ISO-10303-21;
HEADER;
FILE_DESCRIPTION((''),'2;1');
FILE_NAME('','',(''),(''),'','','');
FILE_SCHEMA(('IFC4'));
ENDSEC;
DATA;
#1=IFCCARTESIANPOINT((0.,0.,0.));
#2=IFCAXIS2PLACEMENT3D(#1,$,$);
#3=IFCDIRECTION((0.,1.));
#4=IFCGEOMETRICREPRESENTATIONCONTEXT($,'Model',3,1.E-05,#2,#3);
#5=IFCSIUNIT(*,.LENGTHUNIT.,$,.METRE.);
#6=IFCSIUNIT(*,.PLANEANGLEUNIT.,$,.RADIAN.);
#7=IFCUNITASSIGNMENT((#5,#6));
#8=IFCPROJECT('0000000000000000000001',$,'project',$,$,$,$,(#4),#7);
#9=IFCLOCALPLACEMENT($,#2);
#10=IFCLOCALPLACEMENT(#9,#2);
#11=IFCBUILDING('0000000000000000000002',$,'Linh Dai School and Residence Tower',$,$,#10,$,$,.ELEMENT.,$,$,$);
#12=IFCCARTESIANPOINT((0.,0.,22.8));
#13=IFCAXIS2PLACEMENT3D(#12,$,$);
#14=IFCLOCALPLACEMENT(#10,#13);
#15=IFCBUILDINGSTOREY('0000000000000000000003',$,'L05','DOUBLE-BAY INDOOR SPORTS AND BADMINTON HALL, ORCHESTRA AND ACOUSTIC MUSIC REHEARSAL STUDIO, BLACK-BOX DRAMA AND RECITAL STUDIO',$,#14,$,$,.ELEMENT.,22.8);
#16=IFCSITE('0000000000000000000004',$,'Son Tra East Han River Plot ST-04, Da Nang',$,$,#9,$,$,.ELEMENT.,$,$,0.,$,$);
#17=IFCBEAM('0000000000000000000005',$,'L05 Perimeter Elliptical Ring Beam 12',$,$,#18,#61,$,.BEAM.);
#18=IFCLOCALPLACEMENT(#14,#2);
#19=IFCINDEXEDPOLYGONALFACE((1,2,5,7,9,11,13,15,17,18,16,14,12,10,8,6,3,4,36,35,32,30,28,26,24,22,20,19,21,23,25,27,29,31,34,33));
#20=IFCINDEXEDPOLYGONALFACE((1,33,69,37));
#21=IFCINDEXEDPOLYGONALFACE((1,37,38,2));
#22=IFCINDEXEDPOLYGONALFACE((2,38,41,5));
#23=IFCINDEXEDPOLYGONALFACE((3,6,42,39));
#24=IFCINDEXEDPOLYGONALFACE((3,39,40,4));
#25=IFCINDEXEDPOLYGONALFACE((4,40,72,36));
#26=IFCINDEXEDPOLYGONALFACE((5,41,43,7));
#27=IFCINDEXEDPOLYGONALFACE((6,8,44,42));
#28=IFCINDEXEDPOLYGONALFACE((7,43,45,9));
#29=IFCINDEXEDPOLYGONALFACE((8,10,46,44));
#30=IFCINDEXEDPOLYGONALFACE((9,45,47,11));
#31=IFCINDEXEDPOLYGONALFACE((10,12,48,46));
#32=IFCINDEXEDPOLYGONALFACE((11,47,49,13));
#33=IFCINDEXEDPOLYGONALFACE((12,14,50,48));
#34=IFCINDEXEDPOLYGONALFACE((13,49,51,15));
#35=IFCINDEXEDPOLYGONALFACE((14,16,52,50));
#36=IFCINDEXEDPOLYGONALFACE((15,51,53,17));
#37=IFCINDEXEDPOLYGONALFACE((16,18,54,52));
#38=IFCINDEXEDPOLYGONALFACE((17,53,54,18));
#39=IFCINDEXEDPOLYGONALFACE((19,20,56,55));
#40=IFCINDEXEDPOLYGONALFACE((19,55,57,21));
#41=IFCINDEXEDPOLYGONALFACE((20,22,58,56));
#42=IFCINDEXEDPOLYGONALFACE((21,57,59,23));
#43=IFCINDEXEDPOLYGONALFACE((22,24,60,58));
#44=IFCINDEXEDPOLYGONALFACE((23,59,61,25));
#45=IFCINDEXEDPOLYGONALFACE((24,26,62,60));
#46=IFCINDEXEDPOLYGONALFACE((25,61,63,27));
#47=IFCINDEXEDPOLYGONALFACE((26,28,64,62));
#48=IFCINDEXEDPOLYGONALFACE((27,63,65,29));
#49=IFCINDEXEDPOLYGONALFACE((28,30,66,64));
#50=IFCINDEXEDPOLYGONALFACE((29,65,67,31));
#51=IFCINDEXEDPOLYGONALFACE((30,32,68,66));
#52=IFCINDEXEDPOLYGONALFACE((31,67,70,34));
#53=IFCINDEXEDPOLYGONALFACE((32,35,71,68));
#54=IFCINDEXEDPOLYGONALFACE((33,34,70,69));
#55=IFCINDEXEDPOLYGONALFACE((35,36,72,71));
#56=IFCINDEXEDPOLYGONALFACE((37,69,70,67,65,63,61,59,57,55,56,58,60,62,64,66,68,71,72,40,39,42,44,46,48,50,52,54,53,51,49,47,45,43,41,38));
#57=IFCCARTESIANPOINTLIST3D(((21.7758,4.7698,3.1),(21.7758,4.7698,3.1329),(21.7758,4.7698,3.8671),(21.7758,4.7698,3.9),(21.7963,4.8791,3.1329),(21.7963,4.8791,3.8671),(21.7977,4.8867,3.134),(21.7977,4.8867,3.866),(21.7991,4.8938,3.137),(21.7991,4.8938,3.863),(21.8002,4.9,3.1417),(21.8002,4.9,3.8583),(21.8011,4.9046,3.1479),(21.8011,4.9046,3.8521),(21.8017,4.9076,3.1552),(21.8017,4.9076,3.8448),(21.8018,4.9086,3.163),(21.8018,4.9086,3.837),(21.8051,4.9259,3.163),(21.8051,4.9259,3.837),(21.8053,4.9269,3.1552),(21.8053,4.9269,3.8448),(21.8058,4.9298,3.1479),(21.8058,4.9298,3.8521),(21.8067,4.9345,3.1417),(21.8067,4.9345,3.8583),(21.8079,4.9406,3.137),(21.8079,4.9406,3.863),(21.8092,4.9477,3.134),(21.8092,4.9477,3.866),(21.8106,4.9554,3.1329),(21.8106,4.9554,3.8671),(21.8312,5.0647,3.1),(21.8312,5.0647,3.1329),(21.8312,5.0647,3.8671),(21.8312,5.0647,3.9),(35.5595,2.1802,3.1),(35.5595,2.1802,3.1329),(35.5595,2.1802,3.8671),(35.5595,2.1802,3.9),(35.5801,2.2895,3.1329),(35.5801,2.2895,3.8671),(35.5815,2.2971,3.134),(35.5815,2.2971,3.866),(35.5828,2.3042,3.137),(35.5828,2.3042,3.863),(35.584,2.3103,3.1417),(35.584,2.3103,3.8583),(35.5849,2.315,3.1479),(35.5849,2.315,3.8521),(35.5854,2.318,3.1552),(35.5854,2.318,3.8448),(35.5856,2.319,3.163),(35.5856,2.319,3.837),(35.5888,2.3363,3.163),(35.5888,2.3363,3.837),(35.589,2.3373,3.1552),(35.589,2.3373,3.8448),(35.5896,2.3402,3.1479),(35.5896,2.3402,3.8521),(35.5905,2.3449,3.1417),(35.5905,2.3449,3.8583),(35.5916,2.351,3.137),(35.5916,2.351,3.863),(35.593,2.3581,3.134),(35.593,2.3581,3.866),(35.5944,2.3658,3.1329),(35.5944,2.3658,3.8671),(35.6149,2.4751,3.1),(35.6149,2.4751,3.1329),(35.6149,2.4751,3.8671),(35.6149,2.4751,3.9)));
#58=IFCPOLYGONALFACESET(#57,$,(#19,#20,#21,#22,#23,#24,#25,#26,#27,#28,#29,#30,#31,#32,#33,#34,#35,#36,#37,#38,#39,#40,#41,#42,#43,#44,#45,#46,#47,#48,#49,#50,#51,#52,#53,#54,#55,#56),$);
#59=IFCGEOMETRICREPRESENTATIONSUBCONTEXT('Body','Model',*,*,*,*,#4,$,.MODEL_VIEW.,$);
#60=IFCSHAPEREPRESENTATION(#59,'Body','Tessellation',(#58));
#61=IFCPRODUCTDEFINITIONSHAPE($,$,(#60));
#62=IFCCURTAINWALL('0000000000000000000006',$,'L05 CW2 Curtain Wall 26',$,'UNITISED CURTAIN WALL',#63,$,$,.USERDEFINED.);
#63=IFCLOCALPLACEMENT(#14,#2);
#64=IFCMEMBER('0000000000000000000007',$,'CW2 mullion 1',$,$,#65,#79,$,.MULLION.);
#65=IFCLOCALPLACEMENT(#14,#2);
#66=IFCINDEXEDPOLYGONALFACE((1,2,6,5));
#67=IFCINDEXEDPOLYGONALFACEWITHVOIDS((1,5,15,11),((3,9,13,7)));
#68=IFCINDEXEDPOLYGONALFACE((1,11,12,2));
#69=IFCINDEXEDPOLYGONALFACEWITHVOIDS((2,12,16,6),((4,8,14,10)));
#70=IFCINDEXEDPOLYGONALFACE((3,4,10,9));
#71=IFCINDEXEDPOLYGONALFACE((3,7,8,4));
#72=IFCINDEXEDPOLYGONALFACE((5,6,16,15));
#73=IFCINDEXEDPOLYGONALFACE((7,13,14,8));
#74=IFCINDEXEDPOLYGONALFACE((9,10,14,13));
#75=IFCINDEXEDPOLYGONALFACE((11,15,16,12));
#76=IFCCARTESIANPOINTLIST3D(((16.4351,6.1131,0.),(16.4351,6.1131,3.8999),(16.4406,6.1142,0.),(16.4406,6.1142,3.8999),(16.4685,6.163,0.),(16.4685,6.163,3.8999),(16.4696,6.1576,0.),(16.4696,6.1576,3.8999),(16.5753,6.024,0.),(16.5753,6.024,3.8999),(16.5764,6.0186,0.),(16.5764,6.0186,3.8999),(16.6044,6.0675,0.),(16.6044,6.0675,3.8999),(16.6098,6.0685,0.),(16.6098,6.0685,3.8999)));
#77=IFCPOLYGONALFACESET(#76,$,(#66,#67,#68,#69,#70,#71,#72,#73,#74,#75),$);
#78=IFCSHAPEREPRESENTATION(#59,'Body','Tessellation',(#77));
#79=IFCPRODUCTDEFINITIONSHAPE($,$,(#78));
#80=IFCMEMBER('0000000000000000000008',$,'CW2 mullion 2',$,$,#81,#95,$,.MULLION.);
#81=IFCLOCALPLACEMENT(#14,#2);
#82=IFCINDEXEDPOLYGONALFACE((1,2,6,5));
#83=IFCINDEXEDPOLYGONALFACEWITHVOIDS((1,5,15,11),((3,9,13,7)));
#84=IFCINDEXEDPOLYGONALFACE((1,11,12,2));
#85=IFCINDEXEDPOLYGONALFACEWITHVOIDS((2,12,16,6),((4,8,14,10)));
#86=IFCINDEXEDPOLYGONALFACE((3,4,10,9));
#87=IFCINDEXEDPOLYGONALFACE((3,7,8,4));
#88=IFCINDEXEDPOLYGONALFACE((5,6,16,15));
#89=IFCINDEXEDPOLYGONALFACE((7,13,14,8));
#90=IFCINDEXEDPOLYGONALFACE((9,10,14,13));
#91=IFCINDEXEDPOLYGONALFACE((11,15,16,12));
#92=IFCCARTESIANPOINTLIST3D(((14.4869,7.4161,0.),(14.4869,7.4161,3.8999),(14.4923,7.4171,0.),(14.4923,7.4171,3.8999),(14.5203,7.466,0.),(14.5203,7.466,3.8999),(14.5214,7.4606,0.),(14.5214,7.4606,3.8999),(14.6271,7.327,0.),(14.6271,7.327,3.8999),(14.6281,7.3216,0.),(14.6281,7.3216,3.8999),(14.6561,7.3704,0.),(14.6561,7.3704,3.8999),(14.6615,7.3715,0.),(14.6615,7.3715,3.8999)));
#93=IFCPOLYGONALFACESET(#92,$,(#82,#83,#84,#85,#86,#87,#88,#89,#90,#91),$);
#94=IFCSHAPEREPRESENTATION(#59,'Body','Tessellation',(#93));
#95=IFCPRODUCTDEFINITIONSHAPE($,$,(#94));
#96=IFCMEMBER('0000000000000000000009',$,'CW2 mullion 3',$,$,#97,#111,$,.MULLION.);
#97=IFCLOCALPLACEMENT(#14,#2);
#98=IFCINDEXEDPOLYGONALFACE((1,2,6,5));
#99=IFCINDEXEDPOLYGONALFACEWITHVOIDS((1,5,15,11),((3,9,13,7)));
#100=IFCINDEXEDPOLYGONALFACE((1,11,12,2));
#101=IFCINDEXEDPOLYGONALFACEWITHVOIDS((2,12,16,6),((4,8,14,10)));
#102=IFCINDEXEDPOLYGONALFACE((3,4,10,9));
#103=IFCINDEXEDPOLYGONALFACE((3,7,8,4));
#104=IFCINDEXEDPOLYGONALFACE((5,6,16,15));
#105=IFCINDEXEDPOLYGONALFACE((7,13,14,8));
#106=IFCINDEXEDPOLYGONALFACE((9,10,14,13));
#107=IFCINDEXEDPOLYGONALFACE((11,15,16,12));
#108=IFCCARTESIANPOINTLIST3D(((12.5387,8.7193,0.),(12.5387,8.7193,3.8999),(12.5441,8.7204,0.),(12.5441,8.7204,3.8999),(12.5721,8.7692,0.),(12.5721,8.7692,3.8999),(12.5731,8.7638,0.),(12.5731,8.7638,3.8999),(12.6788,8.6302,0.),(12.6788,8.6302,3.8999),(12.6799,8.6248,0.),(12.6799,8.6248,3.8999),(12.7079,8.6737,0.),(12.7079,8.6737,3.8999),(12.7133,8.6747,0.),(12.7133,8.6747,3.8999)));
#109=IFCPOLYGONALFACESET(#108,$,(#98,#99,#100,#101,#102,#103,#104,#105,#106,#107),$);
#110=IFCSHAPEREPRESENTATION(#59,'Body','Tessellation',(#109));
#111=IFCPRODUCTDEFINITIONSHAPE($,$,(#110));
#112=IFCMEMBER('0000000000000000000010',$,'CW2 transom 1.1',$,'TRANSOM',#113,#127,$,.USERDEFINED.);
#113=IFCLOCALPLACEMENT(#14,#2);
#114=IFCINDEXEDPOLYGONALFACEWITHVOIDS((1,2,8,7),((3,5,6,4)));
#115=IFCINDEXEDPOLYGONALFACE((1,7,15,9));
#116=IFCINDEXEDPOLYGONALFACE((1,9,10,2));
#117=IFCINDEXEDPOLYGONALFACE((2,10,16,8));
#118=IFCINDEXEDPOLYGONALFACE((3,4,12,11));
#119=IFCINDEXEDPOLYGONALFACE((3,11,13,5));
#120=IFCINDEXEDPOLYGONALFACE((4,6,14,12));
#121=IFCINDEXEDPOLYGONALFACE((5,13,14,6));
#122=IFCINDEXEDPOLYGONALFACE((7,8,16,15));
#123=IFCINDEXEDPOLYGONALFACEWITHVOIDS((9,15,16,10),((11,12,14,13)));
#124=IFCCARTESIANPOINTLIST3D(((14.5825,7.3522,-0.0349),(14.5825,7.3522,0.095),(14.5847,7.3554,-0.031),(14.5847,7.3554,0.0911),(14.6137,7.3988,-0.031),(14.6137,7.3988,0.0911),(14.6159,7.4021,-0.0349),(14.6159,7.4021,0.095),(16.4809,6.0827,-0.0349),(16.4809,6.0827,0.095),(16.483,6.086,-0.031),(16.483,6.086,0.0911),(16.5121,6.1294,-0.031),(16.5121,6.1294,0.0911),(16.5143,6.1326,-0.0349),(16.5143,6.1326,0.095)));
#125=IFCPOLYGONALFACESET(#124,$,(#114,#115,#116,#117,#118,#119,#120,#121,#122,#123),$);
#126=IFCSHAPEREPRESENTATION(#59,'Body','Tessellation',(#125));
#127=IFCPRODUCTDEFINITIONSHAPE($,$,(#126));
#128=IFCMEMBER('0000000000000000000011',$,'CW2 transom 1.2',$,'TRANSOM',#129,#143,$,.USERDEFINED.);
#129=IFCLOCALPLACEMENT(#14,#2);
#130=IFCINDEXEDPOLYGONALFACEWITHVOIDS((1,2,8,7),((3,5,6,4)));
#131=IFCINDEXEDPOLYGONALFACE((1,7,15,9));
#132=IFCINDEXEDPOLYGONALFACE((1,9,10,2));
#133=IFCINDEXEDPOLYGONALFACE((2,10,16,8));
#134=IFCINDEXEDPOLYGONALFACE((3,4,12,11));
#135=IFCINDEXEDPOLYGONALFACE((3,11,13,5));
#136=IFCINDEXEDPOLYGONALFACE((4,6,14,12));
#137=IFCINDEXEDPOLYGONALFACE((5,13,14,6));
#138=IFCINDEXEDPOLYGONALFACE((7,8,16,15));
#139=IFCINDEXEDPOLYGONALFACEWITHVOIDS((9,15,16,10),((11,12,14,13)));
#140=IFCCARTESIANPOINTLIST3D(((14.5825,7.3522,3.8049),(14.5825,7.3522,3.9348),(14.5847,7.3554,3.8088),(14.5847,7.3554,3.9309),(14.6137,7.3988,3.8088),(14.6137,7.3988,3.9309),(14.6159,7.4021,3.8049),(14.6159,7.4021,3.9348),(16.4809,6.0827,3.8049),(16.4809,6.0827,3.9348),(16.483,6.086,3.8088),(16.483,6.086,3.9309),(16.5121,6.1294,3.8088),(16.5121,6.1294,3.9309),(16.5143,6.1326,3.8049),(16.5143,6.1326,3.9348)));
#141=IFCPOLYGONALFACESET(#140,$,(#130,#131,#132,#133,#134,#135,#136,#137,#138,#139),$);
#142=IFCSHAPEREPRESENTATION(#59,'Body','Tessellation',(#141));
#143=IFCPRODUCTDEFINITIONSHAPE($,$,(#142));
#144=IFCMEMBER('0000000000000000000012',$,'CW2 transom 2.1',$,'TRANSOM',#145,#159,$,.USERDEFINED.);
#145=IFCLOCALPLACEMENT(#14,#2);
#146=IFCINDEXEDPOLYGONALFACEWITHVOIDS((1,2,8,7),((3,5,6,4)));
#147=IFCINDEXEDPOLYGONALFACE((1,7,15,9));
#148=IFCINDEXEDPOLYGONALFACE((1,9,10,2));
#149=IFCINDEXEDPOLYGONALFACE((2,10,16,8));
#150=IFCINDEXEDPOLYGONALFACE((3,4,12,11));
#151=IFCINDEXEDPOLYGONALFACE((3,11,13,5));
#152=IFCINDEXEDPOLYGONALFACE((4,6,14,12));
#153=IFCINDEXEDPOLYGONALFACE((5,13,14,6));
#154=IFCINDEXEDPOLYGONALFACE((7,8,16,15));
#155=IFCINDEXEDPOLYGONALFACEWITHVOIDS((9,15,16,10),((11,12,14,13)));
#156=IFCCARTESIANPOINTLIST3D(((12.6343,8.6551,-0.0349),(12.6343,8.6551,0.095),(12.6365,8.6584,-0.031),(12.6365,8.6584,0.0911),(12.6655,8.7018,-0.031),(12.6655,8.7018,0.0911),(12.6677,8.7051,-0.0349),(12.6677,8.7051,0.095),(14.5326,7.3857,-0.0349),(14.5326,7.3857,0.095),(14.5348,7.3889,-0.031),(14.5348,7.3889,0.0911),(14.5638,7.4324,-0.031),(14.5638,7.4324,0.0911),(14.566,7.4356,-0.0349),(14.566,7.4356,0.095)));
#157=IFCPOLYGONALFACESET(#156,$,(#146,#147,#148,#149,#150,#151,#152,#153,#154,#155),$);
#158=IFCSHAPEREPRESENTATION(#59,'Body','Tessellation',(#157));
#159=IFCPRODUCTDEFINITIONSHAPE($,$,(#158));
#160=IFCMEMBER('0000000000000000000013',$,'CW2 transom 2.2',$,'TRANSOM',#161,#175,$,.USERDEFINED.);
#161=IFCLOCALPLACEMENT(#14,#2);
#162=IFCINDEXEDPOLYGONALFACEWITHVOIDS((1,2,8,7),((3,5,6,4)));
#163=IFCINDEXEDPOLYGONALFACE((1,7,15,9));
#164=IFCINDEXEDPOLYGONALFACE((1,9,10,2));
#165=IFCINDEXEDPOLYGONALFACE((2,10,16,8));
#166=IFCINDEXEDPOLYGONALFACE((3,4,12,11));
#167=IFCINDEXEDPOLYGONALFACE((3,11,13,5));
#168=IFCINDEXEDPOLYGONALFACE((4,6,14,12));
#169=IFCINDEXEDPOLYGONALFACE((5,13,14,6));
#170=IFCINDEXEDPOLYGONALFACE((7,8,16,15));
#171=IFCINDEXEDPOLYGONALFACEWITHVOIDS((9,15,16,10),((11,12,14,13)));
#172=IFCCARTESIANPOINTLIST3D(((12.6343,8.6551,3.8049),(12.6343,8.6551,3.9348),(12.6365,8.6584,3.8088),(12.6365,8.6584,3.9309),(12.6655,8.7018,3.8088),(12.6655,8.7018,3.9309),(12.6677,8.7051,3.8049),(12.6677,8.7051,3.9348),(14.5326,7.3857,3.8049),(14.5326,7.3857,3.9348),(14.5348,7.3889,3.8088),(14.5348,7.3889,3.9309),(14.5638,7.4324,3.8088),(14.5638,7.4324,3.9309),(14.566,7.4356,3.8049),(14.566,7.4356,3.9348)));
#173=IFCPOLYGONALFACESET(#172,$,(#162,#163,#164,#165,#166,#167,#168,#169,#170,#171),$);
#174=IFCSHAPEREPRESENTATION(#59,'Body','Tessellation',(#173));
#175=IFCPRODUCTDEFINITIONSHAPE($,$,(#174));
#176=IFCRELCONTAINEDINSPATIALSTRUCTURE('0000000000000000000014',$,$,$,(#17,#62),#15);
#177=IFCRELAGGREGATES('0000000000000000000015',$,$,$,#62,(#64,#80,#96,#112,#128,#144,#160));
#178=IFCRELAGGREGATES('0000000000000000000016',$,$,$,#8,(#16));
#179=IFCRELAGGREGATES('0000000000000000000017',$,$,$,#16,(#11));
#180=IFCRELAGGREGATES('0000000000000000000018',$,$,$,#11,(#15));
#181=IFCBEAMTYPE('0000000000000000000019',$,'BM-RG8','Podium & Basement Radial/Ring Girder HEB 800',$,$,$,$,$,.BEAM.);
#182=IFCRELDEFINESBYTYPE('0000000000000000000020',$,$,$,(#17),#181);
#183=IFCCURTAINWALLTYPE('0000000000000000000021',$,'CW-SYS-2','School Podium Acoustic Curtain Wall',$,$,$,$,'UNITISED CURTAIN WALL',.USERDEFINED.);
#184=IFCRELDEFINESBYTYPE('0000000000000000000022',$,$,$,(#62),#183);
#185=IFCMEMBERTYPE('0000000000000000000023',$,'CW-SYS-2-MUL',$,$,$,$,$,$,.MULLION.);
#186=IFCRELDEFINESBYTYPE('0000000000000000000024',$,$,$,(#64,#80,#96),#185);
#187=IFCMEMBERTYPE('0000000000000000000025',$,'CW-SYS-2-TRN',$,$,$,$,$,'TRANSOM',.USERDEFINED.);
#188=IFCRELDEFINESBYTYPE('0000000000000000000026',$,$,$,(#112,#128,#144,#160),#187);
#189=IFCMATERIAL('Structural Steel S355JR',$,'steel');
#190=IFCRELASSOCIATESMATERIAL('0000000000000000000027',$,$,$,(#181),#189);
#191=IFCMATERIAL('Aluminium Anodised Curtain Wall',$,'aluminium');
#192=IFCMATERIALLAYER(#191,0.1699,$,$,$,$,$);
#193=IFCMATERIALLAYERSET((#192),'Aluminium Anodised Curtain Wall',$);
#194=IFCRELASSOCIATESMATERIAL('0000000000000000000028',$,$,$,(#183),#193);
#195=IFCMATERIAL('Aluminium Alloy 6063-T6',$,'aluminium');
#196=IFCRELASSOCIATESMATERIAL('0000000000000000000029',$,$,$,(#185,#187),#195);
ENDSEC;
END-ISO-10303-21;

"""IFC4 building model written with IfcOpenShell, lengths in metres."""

from ifc_helpers import new_model, si_unit, direction, frame, origin, origin_2d, place, context, subcontext, project, spatial, hollow_rectangle, i_section, extrude, source, transform, mapped, material, layer, layer_set, material_profile, profile_set, type_object, element, aggregate, save


model = new_model("IFC4")

# Units and contexts
model_context = context("Model", 3, precision=1e-05, world=origin(), true_north=direction((0.0, 1.0)))
body_context = subcontext(model_context, "Body", "Model", "MODEL_VIEW")
ifc_project = project(units=[si_unit("LENGTHUNIT", "METRE"), si_unit("PLANEANGLEUNIT", "RADIAN")], contexts=[model_context])

# Site, building, storey
site_placement = place(None, origin())
site = spatial("IfcSite", under=ifc_project, at=site_placement, Name="Son Tra East Han River Plot ST-04, Da Nang", CompositionType="ELEMENT", RefElevation=0.0)
building_placement = place(site_placement, origin())
building = spatial("IfcBuilding", under=site, at=building_placement, Name="Linh Dai School and Residence Tower", CompositionType="ELEMENT")
storey_placement = place(building_placement, frame((0.0, 0.0, 22.8)))
storey = spatial("IfcBuildingStorey", under=building, at=storey_placement, Name="L05", Description="DOUBLE-BAY INDOOR SPORTS AND BADMINTON HALL, ORCHESTRA AND ACOUSTIC MUSIC REHEARSAL STUDIO, BLACK-BOX DRAMA AND RECITAL STUDIO", CompositionType="ELEMENT", Elevation=22.8)

# Shared definitions
ifc_material_1 = material(Name="Structural Steel S355JR", Category="steel")

# Beam
ifc_material_profile_1 = material_profile(ifc_material_1, i_section(OverallWidth=0.3, OverallDepth=0.8, WebThickness=0.0176, FlangeThickness=0.033, FilletRadius=0.03, at=origin_2d()), Name="HEB 800")
ifc_profile_set_1 = profile_set([ifc_material_profile_1], Name="Structural Steel S355JR")
beam_type = type_object("IfcBeamType", Name="BM-RG8", Description="Podium & Basement Radial/Ring Girder HEB 800", PredefinedType="BEAM", material=ifc_profile_set_1)
beam_1_placement = place(storey_placement, frame((21.8035, 4.9172, 3.5), z_axis=(0.982806, -0.184644, 0.0), x_axis=(0.184644, 0.982806, 0.0)))
element("IfcBeam", 1, at=beam_1_placement, inside=storey, type_object=beam_type, Name="L05 Perimeter Elliptical Ring Beam 12", PredefinedType="BEAM", context=body_context, shape_type="SweptSolid", body=[
    extrude(i_section(OverallWidth=0.3, OverallDepth=0.8, WebThickness=0.0176, FlangeThickness=0.033, FilletRadius=0.03, at=origin_2d()), origin(), (0.0, 0.0, 1.0), 14.0249),
])

# Curtain wall, members
ifc_material_2 = material(Name="Aluminium Anodised Curtain Wall", Category="aluminium")
ifc_layer_1 = layer(ifc_material_2, 0.1699)
ifc_layer_set_1 = layer_set([ifc_layer_1], Name="Aluminium Anodised Curtain Wall")
curtain_wall_type = type_object("IfcCurtainWallType", Name="CW-SYS-2", Description="School Podium Acoustic Curtain Wall", ElementType="UNITISED CURTAIN WALL", PredefinedType="USERDEFINED", material=ifc_layer_set_1)
curtain_wall_placement = place(storey_placement, origin())
curtain_wall = element("IfcCurtainWall", 2, at=curtain_wall_placement, inside=storey, type_object=curtain_wall_type, Name="L05 CW2 Curtain Wall 26", ObjectType="UNITISED CURTAIN WALL", PredefinedType="USERDEFINED")
ifc_material_3 = material(Name="Aluminium Alloy 6063-T6", Category="aluminium")
ifc_material_profile_2 = material_profile(ifc_material_3, hollow_rectangle(XDim=0.0601, YDim=0.1699, WallThickness=0.0039, at=origin_2d()), Name="RHS 170x60x4")
ifc_profile_set_2 = profile_set([ifc_material_profile_2], Name="Aluminium Alloy 6063-T6")
member_type_1 = type_object("IfcMemberType", Name="CW-SYS-2-MUL", PredefinedType="MULLION", material=ifc_profile_set_2)
shared_shape_1 = source(origin(), body_context, "Body", "SweptSolid", [
    extrude(hollow_rectangle(XDim=0.0601, YDim=0.1699, WallThickness=0.0039, at=origin_2d()), origin(), (0.0, 0.0, 1.0), 3.8999),
])
member_1_placement = place(storey_placement, frame((16.5225, 6.0908, 0.0), z_axis=(0.0, 0.0, 1.0), x_axis=(-0.555957, -0.831211, 0.0)))
member_1 = element("IfcMember", 3, at=member_1_placement, type_object=member_type_1, Name="CW2 mullion 1", PredefinedType="MULLION", context=body_context, shape_type="MappedRepresentation", body=[
    mapped(shared_shape_1, transform((0.0, 0.0, 0.0), x_axis=(1.0, 0.0, 0.0), y_axis=(0.0, 1.0, 0.0), z_axis=(0.0, 0.0, 1.0), scale=1.0)),
])
member_2_placement = place(storey_placement, frame((14.5742, 7.3938, 0.0), z_axis=(0.0, 0.0, 1.0), x_axis=(-0.555957, -0.831211, 0.0)))
member_2 = element("IfcMember", 4, at=member_2_placement, type_object=member_type_1, Name="CW2 mullion 2", PredefinedType="MULLION", context=body_context, shape_type="MappedRepresentation", body=[
    mapped(shared_shape_1, transform((0.0, 0.0, 0.0), x_axis=(1.0, 0.0, 0.0), y_axis=(0.0, 1.0, 0.0), z_axis=(0.0, 0.0, 1.0), scale=1.0)),
])
member_3_placement = place(storey_placement, frame((12.626, 8.697, 0.0), z_axis=(0.0, 0.0, 1.0), x_axis=(-0.555957, -0.831211, 0.0)))
member_3 = element("IfcMember", 5, at=member_3_placement, type_object=member_type_1, Name="CW2 mullion 3", PredefinedType="MULLION", context=body_context, shape_type="MappedRepresentation", body=[
    mapped(shared_shape_1, transform((0.0, 0.0, 0.0), x_axis=(1.0, 0.0, 0.0), y_axis=(0.0, 1.0, 0.0), z_axis=(0.0, 0.0, 1.0), scale=1.0)),
])
ifc_material_profile_3 = material_profile(ifc_material_3, hollow_rectangle(XDim=0.0601, YDim=0.1299, WallThickness=0.0039, at=origin_2d()), Name="RHS 130x60x4")
ifc_profile_set_3 = profile_set([ifc_material_profile_3], Name="Aluminium Alloy 6063-T6")
member_type_2 = type_object("IfcMemberType", Name="CW-SYS-2-TRN", ElementType="TRANSOM", PredefinedType="USERDEFINED", material=ifc_profile_set_3)
shared_shape_2 = source(origin(), body_context, "Body", "SweptSolid", [
    extrude(hollow_rectangle(XDim=0.0601, YDim=0.1299, WallThickness=0.0039, at=origin_2d()), origin(), (0.0, 0.0, 1.0), 2.2837),
])
member_4_placement = place(storey_placement, frame((16.4976, 6.1077, 0.03), z_axis=(-0.83126, 0.555884, 0.0), x_axis=(-0.555884, -0.83126, 0.0)))
member_4 = element("IfcMember", 6, at=member_4_placement, type_object=member_type_2, Name="CW2 transom 1.1", ObjectType="TRANSOM", PredefinedType="USERDEFINED", context=body_context, shape_type="MappedRepresentation", body=[
    mapped(shared_shape_2, transform((0.0, 0.0, 0.0), x_axis=(1.0, 0.0, 0.0), y_axis=(0.0, 1.0, 0.0), z_axis=(0.0, 0.0, 1.0), scale=1.0)),
])
member_5_placement = place(storey_placement, frame((16.4976, 6.1077, 3.8699), z_axis=(-0.83126, 0.555884, 0.0), x_axis=(-0.555884, -0.83126, 0.0)))
member_5 = element("IfcMember", 7, at=member_5_placement, type_object=member_type_2, Name="CW2 transom 1.2", ObjectType="TRANSOM", PredefinedType="USERDEFINED", context=body_context, shape_type="MappedRepresentation", body=[
    mapped(shared_shape_2, transform((0.0, 0.0, 0.0), x_axis=(1.0, 0.0, 0.0), y_axis=(0.0, 1.0, 0.0), z_axis=(0.0, 0.0, 1.0), scale=1.0)),
])
member_6_placement = place(storey_placement, frame((14.5493, 7.4106, 0.03), z_axis=(-0.83126, 0.555884, 0.0), x_axis=(-0.555884, -0.83126, 0.0)))
member_6 = element("IfcMember", 8, at=member_6_placement, type_object=member_type_2, Name="CW2 transom 2.1", ObjectType="TRANSOM", PredefinedType="USERDEFINED", context=body_context, shape_type="MappedRepresentation", body=[
    mapped(shared_shape_2, transform((0.0, 0.0, 0.0), x_axis=(1.0, 0.0, 0.0), y_axis=(0.0, 1.0, 0.0), z_axis=(0.0, 0.0, 1.0), scale=1.0)),
])
member_7_placement = place(storey_placement, frame((14.5493, 7.4106, 3.8699), z_axis=(-0.83126, 0.555884, 0.0), x_axis=(-0.555884, -0.83126, 0.0)))
member_7 = element("IfcMember", 9, at=member_7_placement, type_object=member_type_2, Name="CW2 transom 2.2", ObjectType="TRANSOM", PredefinedType="USERDEFINED", context=body_context, shape_type="MappedRepresentation", body=[
    mapped(shared_shape_2, transform((0.0, 0.0, 0.0), x_axis=(1.0, 0.0, 0.0), y_axis=(0.0, 1.0, 0.0), z_axis=(0.0, 0.0, 1.0), scale=1.0)),
])

aggregate(curtain_wall, [member_1, member_2, member_3, member_4, member_5, member_6, member_7])

save(model, "model.ifc")
